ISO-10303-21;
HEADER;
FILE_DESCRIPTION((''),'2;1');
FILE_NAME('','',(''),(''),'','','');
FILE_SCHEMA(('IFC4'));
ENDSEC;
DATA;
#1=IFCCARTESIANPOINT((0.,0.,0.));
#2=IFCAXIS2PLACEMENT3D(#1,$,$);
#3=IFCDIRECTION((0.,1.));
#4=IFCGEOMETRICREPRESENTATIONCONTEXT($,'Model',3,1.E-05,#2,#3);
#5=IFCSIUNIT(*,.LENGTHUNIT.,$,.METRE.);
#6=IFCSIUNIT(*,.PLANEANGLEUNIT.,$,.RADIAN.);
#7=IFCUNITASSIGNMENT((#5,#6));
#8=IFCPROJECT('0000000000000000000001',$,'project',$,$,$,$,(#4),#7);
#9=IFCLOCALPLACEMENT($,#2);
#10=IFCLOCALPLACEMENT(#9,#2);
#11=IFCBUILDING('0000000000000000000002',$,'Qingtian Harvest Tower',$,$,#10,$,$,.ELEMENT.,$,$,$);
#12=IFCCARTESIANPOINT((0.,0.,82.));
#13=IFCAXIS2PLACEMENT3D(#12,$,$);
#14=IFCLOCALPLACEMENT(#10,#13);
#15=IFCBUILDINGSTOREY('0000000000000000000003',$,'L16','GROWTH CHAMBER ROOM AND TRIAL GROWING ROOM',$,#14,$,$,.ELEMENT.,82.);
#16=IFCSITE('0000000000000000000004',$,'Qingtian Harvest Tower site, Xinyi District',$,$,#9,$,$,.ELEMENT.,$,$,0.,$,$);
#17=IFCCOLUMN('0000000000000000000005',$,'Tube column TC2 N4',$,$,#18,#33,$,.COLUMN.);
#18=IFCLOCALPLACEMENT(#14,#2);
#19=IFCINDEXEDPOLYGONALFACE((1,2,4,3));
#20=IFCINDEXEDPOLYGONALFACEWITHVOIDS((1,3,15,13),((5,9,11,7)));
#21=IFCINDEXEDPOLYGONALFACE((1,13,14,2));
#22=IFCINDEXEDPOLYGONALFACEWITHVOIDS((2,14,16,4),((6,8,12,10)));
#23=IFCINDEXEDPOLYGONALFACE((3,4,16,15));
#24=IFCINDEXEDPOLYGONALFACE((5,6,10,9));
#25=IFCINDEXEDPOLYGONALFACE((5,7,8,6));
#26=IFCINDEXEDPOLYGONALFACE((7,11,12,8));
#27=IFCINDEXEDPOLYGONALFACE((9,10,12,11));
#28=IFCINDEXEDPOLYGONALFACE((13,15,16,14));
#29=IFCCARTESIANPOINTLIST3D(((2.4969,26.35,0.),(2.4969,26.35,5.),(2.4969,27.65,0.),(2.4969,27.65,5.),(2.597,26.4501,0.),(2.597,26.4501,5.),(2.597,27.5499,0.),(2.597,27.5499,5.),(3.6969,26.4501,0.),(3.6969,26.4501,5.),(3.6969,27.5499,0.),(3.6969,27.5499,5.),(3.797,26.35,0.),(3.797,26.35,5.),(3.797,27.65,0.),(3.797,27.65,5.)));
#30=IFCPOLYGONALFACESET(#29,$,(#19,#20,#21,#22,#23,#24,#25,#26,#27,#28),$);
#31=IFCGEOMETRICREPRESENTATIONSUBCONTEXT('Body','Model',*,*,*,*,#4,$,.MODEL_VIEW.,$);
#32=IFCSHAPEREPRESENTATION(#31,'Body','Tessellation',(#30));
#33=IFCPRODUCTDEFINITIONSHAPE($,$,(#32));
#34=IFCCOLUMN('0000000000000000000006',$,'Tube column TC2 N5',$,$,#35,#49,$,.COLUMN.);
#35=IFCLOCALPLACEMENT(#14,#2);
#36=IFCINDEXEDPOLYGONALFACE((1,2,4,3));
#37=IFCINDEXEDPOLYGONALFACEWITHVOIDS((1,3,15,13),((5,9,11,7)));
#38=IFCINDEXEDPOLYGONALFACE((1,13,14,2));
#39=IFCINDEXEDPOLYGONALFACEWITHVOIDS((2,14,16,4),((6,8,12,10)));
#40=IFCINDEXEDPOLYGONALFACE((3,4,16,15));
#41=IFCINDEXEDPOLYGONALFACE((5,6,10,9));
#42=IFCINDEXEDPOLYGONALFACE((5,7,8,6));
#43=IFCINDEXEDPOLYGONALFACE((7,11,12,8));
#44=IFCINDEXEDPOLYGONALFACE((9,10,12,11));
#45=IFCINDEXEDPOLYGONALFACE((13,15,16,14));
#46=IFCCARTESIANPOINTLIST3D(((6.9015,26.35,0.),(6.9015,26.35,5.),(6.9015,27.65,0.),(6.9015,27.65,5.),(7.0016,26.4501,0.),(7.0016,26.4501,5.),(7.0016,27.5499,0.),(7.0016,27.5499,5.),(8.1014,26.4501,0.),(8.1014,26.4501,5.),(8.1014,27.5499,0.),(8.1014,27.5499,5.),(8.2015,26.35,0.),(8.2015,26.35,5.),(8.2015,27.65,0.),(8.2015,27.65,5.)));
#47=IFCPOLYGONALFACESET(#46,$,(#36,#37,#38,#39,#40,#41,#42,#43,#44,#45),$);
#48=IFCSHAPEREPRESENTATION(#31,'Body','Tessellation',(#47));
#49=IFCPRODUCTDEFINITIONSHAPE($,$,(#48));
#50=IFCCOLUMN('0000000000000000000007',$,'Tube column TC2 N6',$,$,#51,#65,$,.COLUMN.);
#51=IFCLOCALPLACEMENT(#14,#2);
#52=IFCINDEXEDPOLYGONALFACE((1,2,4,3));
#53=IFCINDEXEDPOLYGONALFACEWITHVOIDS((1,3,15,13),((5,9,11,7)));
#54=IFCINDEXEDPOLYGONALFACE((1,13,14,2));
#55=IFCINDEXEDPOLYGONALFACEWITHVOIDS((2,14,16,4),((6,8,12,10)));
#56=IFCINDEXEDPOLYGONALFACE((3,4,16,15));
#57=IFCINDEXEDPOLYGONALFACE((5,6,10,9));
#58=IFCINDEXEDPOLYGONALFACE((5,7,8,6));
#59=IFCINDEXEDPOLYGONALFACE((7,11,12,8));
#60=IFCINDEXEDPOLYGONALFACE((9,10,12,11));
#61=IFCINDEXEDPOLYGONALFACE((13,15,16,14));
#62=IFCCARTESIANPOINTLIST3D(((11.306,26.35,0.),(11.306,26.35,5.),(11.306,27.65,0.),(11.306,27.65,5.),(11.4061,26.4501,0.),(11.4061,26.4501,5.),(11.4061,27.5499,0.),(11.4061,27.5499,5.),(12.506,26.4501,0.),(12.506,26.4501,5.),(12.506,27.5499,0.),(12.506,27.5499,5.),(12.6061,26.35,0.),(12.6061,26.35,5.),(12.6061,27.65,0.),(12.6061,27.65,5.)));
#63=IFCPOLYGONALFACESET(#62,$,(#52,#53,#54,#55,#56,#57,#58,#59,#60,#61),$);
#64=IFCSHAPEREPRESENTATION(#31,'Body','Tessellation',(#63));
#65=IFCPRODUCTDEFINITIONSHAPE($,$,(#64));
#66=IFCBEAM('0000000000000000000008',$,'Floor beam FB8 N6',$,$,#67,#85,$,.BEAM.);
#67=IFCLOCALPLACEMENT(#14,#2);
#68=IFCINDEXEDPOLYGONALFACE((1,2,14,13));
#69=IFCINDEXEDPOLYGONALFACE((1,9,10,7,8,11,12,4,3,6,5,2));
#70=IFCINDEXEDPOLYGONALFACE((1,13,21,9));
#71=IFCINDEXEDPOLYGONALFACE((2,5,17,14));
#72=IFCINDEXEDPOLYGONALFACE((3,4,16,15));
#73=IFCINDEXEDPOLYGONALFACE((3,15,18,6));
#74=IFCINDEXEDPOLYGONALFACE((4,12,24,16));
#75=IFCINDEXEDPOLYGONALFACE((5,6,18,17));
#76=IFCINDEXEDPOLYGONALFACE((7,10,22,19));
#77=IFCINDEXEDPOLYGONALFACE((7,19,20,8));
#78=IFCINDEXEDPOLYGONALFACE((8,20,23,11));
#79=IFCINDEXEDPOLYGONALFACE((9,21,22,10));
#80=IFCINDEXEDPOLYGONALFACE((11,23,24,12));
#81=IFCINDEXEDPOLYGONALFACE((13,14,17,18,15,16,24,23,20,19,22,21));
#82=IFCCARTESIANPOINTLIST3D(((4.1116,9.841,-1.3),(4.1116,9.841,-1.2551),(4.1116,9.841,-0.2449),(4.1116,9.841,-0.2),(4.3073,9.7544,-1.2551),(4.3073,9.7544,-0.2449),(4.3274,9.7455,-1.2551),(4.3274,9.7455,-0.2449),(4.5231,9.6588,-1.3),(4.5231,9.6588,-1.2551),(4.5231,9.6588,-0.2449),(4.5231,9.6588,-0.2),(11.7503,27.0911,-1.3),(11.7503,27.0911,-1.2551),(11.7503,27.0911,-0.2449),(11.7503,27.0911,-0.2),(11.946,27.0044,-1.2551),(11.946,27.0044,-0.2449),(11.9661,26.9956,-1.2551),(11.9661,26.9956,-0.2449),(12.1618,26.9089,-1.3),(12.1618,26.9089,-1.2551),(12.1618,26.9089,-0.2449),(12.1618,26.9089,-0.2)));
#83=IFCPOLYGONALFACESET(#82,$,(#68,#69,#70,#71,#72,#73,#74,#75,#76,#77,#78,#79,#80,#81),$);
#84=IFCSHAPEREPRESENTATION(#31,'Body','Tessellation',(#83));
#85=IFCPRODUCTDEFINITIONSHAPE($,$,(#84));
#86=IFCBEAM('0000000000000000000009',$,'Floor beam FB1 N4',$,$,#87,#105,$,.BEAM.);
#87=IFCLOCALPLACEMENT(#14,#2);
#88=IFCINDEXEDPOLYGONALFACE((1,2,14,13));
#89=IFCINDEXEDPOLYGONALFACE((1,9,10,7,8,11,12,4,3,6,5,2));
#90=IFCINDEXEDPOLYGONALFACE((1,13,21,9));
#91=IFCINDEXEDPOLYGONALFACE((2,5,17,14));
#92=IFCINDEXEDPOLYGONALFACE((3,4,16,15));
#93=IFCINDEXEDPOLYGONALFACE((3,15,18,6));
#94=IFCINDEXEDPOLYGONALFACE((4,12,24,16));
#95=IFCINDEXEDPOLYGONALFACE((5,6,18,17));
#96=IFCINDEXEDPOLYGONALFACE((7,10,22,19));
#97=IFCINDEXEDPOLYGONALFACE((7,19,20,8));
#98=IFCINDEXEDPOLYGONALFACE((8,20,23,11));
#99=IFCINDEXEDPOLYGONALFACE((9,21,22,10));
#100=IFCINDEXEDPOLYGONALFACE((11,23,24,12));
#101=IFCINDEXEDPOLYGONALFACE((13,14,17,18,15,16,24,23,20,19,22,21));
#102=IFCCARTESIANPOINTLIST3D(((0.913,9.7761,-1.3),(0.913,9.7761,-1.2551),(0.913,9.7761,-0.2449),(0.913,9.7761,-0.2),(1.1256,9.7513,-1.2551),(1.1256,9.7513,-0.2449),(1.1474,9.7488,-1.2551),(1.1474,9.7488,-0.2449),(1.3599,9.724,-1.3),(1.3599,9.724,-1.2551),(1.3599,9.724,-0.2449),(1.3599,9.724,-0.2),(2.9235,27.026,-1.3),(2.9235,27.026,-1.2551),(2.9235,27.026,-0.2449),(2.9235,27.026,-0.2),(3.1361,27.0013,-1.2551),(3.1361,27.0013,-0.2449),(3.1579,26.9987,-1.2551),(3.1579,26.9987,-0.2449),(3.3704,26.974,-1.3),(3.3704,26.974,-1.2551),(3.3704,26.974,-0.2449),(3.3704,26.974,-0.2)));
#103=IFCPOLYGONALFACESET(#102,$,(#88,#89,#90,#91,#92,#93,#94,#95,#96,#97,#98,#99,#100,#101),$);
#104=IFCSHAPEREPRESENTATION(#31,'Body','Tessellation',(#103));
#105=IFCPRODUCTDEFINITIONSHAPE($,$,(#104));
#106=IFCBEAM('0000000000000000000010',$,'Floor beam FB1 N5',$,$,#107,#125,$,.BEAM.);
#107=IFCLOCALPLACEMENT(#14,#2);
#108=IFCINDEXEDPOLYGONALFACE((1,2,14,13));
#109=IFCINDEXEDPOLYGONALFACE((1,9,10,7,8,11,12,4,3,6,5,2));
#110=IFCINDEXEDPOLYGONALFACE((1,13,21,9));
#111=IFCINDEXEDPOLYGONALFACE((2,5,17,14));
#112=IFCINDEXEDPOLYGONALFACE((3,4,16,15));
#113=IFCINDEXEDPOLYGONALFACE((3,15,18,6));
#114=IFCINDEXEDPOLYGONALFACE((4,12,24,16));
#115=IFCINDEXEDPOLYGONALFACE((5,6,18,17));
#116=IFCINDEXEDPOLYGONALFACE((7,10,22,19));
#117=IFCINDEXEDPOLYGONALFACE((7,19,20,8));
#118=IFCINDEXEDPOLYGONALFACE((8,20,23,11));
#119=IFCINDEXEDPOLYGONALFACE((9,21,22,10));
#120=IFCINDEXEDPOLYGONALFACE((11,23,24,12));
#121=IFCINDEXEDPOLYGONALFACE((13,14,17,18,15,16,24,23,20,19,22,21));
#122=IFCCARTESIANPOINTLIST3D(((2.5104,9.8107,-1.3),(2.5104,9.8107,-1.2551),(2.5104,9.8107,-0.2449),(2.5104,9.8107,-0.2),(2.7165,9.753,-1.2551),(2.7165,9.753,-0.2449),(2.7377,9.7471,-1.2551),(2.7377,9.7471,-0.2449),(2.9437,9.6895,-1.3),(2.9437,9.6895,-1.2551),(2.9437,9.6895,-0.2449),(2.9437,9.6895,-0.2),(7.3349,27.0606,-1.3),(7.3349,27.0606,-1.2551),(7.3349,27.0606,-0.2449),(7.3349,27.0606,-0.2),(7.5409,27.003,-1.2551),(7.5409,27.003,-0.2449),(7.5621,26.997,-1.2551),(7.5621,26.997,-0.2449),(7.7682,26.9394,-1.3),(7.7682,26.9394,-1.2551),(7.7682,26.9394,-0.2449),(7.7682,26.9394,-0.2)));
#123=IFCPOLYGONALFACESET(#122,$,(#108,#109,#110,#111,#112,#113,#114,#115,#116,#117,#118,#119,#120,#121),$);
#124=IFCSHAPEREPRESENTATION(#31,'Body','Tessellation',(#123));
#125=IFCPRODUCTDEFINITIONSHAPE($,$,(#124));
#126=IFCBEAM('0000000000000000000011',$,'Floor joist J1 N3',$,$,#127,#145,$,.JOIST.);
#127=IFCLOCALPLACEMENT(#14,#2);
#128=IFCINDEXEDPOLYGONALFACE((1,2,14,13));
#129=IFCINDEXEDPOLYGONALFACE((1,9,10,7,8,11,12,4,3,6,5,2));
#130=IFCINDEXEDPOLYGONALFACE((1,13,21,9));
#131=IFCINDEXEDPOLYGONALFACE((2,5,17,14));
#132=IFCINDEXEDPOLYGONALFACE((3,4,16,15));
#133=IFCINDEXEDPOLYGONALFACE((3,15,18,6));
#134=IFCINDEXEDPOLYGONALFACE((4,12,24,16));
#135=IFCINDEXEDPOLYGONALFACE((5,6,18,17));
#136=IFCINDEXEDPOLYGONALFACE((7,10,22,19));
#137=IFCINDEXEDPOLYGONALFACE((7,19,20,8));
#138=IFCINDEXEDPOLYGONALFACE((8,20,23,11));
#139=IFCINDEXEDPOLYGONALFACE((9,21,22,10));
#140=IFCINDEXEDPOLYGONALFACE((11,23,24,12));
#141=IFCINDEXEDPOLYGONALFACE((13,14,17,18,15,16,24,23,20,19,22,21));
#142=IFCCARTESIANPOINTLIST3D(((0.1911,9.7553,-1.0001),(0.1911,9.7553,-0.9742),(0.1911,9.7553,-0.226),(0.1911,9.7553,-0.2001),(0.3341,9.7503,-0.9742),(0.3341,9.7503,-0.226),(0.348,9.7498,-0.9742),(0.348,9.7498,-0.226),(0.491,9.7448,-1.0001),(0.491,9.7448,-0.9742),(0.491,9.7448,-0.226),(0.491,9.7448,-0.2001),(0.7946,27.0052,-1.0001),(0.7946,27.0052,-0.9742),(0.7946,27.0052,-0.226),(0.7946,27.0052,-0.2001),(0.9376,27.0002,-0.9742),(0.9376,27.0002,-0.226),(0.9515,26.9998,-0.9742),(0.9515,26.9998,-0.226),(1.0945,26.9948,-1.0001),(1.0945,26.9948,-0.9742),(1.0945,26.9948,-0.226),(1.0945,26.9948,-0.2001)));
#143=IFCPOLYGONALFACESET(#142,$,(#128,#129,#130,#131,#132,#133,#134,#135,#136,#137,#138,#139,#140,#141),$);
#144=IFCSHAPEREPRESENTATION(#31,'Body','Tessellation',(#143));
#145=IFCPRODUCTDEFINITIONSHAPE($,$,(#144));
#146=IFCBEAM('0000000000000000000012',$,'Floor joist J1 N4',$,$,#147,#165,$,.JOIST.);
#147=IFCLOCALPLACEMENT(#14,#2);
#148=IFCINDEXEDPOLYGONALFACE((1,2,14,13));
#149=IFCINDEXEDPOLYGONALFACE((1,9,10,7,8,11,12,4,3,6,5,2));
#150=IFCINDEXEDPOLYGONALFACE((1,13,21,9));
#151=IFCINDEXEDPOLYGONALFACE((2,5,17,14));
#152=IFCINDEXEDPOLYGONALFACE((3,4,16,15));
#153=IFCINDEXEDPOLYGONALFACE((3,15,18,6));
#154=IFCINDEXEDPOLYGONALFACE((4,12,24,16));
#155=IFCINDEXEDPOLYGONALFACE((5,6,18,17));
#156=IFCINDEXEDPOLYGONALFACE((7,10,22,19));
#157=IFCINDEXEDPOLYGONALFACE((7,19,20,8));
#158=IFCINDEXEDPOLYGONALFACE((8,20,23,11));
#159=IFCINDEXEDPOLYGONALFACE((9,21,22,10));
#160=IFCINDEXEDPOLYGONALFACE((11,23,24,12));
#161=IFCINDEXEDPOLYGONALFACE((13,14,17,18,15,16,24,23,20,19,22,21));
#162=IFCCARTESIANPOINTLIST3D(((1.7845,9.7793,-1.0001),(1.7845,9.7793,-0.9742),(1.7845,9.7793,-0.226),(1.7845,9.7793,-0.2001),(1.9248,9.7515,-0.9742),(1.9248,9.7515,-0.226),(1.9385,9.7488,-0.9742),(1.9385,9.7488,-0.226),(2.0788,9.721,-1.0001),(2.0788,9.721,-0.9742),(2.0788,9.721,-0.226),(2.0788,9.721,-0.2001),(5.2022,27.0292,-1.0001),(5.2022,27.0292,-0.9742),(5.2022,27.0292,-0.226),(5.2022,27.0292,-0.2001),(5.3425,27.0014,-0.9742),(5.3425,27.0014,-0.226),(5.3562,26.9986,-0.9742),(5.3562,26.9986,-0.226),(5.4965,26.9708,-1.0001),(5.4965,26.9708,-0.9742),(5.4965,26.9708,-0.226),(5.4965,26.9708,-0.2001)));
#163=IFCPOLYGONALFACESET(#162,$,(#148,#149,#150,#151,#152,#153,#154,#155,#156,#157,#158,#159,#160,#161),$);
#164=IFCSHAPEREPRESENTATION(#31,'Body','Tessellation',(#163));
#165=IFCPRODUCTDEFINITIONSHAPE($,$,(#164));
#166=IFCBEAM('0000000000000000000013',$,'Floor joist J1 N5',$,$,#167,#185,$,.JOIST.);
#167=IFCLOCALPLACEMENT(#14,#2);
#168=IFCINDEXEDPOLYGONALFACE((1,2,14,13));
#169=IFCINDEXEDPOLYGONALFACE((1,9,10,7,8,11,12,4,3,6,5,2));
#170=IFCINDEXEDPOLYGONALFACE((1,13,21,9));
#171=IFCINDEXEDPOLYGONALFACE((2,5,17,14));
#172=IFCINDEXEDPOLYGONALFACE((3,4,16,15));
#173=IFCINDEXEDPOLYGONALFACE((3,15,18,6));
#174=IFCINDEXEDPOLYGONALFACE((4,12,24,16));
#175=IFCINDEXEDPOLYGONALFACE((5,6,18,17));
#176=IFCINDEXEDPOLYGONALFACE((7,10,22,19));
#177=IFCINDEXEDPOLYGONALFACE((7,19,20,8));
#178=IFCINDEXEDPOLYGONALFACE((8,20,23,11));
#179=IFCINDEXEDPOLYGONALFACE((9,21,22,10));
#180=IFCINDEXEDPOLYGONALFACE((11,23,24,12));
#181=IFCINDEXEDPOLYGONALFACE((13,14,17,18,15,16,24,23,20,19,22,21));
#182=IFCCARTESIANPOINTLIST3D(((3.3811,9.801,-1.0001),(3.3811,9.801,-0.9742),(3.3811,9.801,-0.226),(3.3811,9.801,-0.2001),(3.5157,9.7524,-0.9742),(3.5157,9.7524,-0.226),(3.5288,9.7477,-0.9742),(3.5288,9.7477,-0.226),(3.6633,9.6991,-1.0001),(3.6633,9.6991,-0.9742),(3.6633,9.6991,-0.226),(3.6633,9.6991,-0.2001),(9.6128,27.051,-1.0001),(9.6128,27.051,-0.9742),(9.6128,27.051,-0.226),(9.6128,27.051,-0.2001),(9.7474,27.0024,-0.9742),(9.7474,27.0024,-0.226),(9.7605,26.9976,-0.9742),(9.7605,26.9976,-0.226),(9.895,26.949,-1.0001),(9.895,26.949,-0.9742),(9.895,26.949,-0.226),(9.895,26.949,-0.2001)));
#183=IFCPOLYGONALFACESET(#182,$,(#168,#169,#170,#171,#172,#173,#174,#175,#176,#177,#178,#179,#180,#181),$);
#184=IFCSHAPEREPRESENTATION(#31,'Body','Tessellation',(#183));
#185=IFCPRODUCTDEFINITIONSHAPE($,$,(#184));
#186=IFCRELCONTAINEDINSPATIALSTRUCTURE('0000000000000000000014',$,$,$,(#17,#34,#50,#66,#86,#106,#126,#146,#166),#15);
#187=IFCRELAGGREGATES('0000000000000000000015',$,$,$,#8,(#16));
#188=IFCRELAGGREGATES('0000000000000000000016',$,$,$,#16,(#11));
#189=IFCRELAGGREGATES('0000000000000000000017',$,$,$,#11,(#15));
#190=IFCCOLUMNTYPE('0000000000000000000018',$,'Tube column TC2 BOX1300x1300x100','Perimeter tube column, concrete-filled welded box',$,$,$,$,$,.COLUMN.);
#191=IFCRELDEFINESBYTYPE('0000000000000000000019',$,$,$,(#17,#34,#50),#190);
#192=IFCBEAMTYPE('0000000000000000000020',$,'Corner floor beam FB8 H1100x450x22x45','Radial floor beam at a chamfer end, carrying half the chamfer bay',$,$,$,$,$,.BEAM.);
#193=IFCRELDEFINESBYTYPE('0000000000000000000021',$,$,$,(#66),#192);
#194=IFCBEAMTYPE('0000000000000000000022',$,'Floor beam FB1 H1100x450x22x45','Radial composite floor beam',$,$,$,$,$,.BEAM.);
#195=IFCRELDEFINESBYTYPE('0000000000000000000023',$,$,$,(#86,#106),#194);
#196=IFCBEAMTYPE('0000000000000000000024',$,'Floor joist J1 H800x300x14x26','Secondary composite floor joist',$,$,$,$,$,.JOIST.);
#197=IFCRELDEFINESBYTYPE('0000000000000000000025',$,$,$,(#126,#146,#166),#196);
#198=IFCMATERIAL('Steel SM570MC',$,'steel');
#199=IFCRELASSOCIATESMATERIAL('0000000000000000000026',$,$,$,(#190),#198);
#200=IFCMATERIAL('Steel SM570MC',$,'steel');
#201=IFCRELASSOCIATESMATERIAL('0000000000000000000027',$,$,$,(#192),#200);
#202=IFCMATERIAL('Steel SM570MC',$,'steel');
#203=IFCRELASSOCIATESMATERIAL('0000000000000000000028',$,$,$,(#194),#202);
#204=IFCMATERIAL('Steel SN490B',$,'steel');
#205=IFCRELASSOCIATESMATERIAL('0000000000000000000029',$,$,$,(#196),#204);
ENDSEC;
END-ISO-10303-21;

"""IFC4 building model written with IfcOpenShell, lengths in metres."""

from ifc_helpers import new_model, si_unit, direction, frame, origin, origin_2d, place, context, subcontext, project, spatial, hollow_rectangle, i_section, extrude, material, material_profile, profile_set, type_object, element, save


model = new_model("IFC4")

# Units and contexts
model_context = context("Model", 3, precision=1e-05, world=origin(), true_north=direction((0.0, 1.0)))
body_context = subcontext(model_context, "Body", "Model", "MODEL_VIEW")
ifc_project = project(units=[si_unit("LENGTHUNIT", "METRE"), si_unit("PLANEANGLEUNIT", "RADIAN")], contexts=[model_context])

# Site, building, storey
site_placement = place(None, origin())
site = spatial("IfcSite", under=ifc_project, at=site_placement, Name="Qingtian Harvest Tower site, Xinyi District", CompositionType="ELEMENT", RefElevation=0.0)
building_placement = place(site_placement, origin())
building = spatial("IfcBuilding", under=site, at=building_placement, Name="Qingtian Harvest Tower", CompositionType="ELEMENT")
storey_placement = place(building_placement, frame((0.0, 0.0, 82.0)))
storey = spatial("IfcBuildingStorey", under=building, at=storey_placement, Name="L16", Description="GROWTH CHAMBER ROOM AND TRIAL GROWING ROOM", CompositionType="ELEMENT", Elevation=82.0)

# Columns
ifc_material_1 = material(Name="Steel SM570MC", Category="steel")
ifc_material_profile_1 = material_profile(ifc_material_1, hollow_rectangle(XDim=1.3, YDim=1.3, WallThickness=0.1001, at=origin_2d()), Name="BOX1300x1300x100")
ifc_profile_set_1 = profile_set([ifc_material_profile_1], Name="Steel SM570MC")
column_type = type_object("IfcColumnType", Name="Tube column TC2 BOX1300x1300x100", Description="Perimeter tube column, concrete-filled welded box", PredefinedType="COLUMN", material=ifc_profile_set_1)
for number, where, z_axis, x_axis, name in (
    (1, (3.147, 27.0, 0.0), (0.0, 0.0, 1.0), (-1.0, 0.0, 0.0), "Tube column TC2 N4"),
    (2, (7.5515, 27.0, 0.0), (0.0, 0.0, 1.0), (-1.0, 0.0, 0.0), "Tube column TC2 N5"),
    (3, (11.9561, 27.0, 0.0), (0.0, 0.0, 1.0), (-1.0, 0.0, 0.0), "Tube column TC2 N6"),
):
    element("IfcColumn", number, at=place(storey_placement, frame(where, z_axis=z_axis, x_axis=x_axis)), inside=storey, type_object=column_type, Name=name, PredefinedType="COLUMN", context=body_context, shape_type="SweptSolid", body=[
        extrude(hollow_rectangle(XDim=1.3, YDim=1.3, WallThickness=0.1001, at=origin_2d()), origin(), (0.0, 0.0, 1.0), 5.0),
    ])

# Beams
ifc_material_2 = material(Name="Steel SM570MC", Category="steel")
ifc_material_profile_2 = material_profile(ifc_material_2, i_section(OverallWidth=0.45, OverallDepth=1.1001, WebThickness=0.022, FlangeThickness=0.0449, at=origin_2d()), Name="H1100x450x22x45")
ifc_profile_set_2 = profile_set([ifc_material_profile_2], Name="Steel SM570MC")
beam_type_1 = type_object("IfcBeamType", Name="Corner floor beam FB8 H1100x450x22x45", Description="Radial floor beam at a chamfer end, carrying half the chamfer bay", PredefinedType="BEAM", material=ifc_profile_set_2)
beam_1_placement = place(storey_placement, frame((11.9561, 27.0, -0.75), z_axis=(-0.404899, -0.914361, 0.0), x_axis=(0.914361, -0.404899, 0.0)))
element("IfcBeam", 4, at=beam_1_placement, inside=storey, type_object=beam_type_1, Name="Floor beam FB8 N6", PredefinedType="BEAM", context=body_context, shape_type="SweptSolid", body=[
    extrude(i_section(OverallWidth=0.45, OverallDepth=1.1001, WebThickness=0.022, FlangeThickness=0.0449, at=origin_2d()), origin(), (0.0, 0.0, 1.0), 18.8657),
])
ifc_material_3 = material(Name="Steel SM570MC", Category="steel")
ifc_material_profile_3 = material_profile(ifc_material_3, i_section(OverallWidth=0.45, OverallDepth=1.1001, WebThickness=0.022, FlangeThickness=0.0449, at=origin_2d()), Name="H1100x450x22x45")
ifc_profile_set_3 = profile_set([ifc_material_profile_3], Name="Steel SM570MC")
beam_type_2 = type_object("IfcBeamType", Name="Floor beam FB1 H1100x450x22x45", Description="Radial composite floor beam", PredefinedType="BEAM", material=ifc_profile_set_3)
beam_2_placement = place(storey_placement, frame((3.147, 27.0, -0.75), z_axis=(-0.115767, -0.993276, 0.0), x_axis=(0.993276, -0.115767, 0.0)))
element("IfcBeam", 5, at=beam_2_placement, inside=storey, type_object=beam_type_2, Name="Floor beam FB1 N4", PredefinedType="BEAM", context=body_context, shape_type="SweptSolid", body=[
    extrude(i_section(OverallWidth=0.45, OverallDepth=1.1001, WebThickness=0.022, FlangeThickness=0.0449, at=origin_2d()), origin(), (0.0, 0.0, 1.0), 17.3667),
])
beam_3_placement = place(storey_placement, frame((7.5515, 27.0, -0.75), z_axis=(-0.269343, -0.963044, 0.0), x_axis=(0.963044, -0.269343, 0.0)))
element("IfcBeam", 6, at=beam_3_placement, inside=storey, type_object=beam_type_2, Name="Floor beam FB1 N5", PredefinedType="BEAM", context=body_context, shape_type="SweptSolid", body=[
    extrude(i_section(OverallWidth=0.45, OverallDepth=1.1001, WebThickness=0.022, FlangeThickness=0.0449, at=origin_2d()), origin(), (0.0, 0.0, 1.0), 17.9119),
])
ifc_material_4 = material(Name="Steel SN490B", Category="steel")
ifc_material_profile_4 = material_profile(ifc_material_4, i_section(OverallWidth=0.3, OverallDepth=0.8, WebThickness=0.0139, FlangeThickness=0.0259, at=origin_2d()), Name="H800x300x14x26")
ifc_profile_set_4 = profile_set([ifc_material_profile_4], Name="Steel SN490B")
beam_type_3 = type_object("IfcBeamType", Name="Floor joist J1 H800x300x14x26", Description="Secondary composite floor joist", PredefinedType="JOIST", material=ifc_profile_set_4)
beam_4_placement = place(storey_placement, frame((0.9446, 27.0, -0.6001), z_axis=(-0.034965, -0.999389, 0.0), x_axis=(0.999389, -0.034965, 0.0)))
element("IfcBeam", 7, at=beam_4_placement, inside=storey, type_object=beam_type_3, Name="Floor joist J1 N3", PredefinedType="JOIST", context=body_context, shape_type="SweptSolid", body=[
    extrude(i_section(OverallWidth=0.3, OverallDepth=0.8, WebThickness=0.0139, FlangeThickness=0.0259, at=origin_2d()), origin(), (0.0, 0.0, 1.0), 17.2605),
])
beam_5_placement = place(storey_placement, frame((5.3494, 27.0, -0.6001), z_axis=(-0.194351, -0.980932, 0.0), x_axis=(0.980932, -0.194351, 0.0)))
element("IfcBeam", 8, at=beam_5_placement, inside=storey, type_object=beam_type_3, Name="Floor joist J1 N4", PredefinedType="JOIST", context=body_context, shape_type="SweptSolid", body=[
    extrude(i_section(OverallWidth=0.3, OverallDepth=0.8, WebThickness=0.0139, FlangeThickness=0.0259, at=origin_2d()), origin(), (0.0, 0.0, 1.0), 17.5852),
])
beam_6_placement = place(storey_placement, frame((9.7539, 27.0, -0.6001), z_axis=(-0.339766, -0.94051, 0.0), x_axis=(0.94051, -0.339766, 0.0)))
element("IfcBeam", 9, at=beam_6_placement, inside=storey, type_object=beam_type_3, Name="Floor joist J1 N5", PredefinedType="JOIST", context=body_context, shape_type="SweptSolid", body=[
    extrude(i_section(OverallWidth=0.3, OverallDepth=0.8, WebThickness=0.0139, FlangeThickness=0.0259, at=origin_2d()), origin(), (0.0, 0.0, 1.0), 18.3411),
])

save(model, "model.ifc")
